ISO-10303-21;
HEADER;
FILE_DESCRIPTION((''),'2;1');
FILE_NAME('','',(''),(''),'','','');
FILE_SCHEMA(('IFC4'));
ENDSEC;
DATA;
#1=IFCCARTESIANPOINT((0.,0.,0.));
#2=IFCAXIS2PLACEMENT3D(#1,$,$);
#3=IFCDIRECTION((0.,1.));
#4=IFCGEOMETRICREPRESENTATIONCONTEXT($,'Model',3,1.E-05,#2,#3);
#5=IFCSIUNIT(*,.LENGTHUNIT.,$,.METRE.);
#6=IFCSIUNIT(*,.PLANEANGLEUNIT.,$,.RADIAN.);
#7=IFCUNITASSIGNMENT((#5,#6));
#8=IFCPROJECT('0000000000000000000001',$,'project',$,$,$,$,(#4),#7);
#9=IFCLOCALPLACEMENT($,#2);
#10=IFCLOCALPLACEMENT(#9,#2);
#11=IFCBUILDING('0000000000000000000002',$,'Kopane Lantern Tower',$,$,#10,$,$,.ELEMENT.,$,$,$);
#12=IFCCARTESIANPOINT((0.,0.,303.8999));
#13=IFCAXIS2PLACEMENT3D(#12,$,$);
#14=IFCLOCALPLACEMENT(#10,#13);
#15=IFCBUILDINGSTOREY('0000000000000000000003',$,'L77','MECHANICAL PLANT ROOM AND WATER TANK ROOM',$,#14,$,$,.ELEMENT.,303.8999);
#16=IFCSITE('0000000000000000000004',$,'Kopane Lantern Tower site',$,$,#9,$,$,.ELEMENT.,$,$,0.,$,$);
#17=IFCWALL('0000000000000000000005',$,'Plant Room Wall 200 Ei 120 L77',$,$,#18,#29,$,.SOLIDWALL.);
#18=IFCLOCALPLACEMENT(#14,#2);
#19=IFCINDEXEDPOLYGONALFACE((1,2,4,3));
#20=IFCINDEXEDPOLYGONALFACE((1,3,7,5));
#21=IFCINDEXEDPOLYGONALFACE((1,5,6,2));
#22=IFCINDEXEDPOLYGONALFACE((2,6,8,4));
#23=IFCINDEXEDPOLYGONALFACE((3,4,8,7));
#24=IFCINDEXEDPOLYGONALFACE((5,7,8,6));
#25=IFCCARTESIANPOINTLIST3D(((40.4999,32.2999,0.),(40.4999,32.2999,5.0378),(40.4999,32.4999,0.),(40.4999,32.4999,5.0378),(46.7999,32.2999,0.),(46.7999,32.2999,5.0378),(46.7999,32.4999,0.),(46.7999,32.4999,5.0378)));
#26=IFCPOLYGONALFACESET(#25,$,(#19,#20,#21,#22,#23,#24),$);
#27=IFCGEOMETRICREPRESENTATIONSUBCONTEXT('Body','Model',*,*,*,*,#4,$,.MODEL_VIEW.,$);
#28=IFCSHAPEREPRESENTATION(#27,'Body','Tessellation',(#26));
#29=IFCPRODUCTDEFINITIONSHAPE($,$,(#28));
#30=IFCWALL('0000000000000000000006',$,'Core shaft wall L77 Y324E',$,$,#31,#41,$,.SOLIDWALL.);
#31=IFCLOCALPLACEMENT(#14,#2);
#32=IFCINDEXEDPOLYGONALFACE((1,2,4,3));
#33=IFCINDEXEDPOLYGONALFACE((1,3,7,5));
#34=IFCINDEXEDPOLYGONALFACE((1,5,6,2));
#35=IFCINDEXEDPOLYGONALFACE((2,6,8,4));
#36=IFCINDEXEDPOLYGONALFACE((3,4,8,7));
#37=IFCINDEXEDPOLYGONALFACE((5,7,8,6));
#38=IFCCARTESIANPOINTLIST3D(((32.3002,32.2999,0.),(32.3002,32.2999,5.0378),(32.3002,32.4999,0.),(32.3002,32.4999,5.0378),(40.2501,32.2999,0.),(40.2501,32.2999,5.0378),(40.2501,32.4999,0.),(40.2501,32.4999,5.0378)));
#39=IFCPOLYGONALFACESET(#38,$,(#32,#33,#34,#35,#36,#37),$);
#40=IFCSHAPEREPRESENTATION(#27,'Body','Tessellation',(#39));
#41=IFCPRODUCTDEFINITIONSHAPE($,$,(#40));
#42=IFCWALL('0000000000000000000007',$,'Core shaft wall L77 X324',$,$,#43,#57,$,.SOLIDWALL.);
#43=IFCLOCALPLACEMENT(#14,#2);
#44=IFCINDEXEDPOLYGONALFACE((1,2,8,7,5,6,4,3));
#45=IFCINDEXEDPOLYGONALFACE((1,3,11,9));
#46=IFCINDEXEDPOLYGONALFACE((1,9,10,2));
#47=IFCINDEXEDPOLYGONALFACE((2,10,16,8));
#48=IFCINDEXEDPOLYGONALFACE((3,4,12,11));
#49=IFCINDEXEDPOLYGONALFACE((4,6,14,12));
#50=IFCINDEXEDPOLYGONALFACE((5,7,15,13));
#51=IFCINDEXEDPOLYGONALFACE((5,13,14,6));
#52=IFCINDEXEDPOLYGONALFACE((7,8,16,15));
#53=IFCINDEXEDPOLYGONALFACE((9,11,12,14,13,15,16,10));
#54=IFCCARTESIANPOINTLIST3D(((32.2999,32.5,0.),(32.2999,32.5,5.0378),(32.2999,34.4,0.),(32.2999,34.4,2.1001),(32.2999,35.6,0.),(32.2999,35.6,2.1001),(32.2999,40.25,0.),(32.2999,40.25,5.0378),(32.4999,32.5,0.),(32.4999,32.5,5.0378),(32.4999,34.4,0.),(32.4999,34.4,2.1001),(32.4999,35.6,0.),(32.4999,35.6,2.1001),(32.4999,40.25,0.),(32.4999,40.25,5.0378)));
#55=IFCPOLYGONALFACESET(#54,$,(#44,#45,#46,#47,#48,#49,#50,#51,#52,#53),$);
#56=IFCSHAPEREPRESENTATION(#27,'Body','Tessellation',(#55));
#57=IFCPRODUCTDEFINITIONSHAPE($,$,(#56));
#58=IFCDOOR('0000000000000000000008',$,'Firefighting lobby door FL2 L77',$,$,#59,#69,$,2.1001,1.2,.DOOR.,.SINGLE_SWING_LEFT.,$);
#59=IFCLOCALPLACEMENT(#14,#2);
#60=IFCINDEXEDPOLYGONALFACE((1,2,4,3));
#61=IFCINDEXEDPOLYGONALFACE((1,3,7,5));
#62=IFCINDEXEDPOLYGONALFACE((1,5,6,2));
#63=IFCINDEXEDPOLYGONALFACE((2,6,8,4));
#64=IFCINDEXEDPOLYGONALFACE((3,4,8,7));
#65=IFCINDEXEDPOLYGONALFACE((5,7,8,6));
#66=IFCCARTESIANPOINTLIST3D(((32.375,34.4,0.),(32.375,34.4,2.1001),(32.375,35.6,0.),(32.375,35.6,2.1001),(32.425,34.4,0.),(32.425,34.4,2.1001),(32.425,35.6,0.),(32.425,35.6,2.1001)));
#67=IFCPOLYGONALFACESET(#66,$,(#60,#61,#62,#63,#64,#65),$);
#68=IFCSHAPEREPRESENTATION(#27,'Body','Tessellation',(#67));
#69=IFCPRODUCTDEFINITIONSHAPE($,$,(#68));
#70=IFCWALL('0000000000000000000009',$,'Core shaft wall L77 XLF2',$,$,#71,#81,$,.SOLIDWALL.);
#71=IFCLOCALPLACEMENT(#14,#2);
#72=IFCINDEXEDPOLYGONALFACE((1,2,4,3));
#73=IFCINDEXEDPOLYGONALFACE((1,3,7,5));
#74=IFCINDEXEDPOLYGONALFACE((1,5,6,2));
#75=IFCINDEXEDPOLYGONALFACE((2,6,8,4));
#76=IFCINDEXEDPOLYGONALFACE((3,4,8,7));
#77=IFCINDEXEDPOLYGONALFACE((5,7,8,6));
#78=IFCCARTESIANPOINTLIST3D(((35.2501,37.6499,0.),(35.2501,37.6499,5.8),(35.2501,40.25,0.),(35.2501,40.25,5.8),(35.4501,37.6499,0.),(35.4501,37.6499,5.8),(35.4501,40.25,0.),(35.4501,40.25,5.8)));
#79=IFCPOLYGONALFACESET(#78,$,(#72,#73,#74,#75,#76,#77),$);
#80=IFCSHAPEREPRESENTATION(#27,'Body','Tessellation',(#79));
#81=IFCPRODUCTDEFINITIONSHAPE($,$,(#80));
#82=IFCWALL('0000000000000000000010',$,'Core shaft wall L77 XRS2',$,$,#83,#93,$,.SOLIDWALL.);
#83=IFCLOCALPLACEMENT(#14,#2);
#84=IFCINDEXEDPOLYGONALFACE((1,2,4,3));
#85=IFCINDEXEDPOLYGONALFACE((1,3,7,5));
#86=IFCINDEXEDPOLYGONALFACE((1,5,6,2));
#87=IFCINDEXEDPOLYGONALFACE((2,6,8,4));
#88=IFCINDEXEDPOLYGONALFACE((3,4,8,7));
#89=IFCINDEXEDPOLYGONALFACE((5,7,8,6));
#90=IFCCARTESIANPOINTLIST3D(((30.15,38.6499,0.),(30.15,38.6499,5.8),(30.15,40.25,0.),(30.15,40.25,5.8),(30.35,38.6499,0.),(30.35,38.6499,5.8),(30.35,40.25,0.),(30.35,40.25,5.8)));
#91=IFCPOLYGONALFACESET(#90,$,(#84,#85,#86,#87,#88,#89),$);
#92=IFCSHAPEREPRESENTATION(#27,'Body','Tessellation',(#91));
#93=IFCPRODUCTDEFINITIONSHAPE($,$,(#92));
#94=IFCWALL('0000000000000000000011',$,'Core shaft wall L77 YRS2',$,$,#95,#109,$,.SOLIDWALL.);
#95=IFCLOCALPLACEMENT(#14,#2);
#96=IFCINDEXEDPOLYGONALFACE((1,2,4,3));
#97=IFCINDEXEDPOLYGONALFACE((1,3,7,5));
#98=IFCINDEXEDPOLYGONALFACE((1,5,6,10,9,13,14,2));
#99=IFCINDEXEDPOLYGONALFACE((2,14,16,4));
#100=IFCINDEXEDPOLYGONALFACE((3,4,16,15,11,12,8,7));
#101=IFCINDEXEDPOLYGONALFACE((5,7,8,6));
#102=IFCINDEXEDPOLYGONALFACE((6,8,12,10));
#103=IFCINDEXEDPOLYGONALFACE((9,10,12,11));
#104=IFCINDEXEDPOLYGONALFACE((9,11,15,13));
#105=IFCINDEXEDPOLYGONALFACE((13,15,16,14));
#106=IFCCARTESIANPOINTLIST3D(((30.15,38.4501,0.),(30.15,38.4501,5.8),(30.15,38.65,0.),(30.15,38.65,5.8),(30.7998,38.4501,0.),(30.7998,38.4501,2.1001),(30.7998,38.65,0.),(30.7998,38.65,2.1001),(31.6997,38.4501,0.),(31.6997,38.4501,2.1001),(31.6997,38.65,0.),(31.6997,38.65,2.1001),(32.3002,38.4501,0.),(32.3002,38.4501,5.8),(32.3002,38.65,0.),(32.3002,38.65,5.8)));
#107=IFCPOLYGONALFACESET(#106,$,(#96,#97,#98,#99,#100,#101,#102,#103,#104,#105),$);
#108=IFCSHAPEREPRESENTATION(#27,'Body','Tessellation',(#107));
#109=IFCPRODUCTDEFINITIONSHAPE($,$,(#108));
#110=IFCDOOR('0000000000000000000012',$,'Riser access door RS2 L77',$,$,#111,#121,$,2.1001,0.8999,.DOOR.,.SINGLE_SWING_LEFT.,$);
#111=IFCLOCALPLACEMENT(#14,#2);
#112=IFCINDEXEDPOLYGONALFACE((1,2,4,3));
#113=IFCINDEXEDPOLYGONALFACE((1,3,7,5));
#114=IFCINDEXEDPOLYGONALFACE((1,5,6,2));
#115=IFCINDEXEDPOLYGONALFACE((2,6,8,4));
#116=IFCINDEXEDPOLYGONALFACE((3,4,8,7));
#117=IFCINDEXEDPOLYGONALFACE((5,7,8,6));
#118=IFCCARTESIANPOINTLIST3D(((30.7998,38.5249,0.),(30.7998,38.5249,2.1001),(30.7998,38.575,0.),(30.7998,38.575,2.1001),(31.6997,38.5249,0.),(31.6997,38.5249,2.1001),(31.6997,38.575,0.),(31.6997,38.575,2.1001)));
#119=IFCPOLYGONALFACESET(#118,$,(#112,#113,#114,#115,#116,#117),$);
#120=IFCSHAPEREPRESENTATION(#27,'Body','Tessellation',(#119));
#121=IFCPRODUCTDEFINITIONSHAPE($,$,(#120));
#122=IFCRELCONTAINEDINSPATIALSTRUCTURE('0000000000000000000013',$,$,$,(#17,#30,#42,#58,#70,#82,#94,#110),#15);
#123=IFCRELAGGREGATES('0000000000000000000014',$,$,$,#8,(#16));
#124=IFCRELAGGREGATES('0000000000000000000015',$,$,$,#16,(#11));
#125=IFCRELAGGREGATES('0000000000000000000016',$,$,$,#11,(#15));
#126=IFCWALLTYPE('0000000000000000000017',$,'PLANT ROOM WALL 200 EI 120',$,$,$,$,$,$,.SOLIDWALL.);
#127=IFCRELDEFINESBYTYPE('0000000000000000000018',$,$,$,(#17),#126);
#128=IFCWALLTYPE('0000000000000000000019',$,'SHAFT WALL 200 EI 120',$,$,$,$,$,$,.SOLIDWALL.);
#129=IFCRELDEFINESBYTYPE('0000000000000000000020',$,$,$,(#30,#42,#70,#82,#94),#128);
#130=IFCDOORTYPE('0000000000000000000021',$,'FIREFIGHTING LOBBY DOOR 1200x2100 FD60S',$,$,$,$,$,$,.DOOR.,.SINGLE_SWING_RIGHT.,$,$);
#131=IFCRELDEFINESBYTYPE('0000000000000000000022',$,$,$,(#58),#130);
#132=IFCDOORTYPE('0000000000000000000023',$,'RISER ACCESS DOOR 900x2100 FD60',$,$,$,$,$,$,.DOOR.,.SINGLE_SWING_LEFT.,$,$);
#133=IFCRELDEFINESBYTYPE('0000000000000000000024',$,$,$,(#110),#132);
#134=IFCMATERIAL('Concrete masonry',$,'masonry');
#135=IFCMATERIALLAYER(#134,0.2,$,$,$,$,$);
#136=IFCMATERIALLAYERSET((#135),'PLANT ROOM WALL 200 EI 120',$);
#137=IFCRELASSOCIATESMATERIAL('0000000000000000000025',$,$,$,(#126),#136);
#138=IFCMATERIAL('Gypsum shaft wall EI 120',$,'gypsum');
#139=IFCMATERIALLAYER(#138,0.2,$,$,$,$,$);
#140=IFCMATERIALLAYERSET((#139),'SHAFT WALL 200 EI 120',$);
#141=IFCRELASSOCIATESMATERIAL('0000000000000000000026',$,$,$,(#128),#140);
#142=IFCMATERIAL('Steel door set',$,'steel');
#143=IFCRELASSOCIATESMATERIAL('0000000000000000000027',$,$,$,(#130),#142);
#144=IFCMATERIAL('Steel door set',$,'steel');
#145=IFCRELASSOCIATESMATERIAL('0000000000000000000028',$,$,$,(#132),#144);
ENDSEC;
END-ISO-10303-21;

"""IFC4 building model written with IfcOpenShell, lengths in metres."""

from ifc_helpers import new_model, si_unit, direction, frame, frame_2d, origin, place, context, subcontext, project, spatial, rectangle, extrude, material, layer, layer_set, type_object, element, fill, save


model = new_model("IFC4")

# Units and contexts
model_context = context("Model", 3, precision=1e-05, world=origin(), true_north=direction((0.0, 1.0)))
body_context = subcontext(model_context, "Body", "Model", "MODEL_VIEW")
ifc_project = project(units=[si_unit("LENGTHUNIT", "METRE"), si_unit("PLANEANGLEUNIT", "RADIAN")], contexts=[model_context])

# Site, building, storey
site_placement = place(None, origin())
site = spatial("IfcSite", under=ifc_project, at=site_placement, Name="Kopane Lantern Tower site", CompositionType="ELEMENT", RefElevation=0.0)
building_placement = place(site_placement, origin())
building = spatial("IfcBuilding", under=site, at=building_placement, Name="Kopane Lantern Tower", CompositionType="ELEMENT")
storey_placement = place(building_placement, frame((0.0, 0.0, 303.8999)))
storey = spatial("IfcBuildingStorey", under=building, at=storey_placement, Name="L77", Description="MECHANICAL PLANT ROOM AND WATER TANK ROOM", CompositionType="ELEMENT", Elevation=303.8999)

# Walls
ifc_material_1 = material(Name="Concrete masonry", Category="masonry")
ifc_layer_1 = layer(ifc_material_1, 0.2)
ifc_layer_set_1 = layer_set([ifc_layer_1], Name="PLANT ROOM WALL 200 EI 120")
wall_type_1 = type_object("IfcWallType", Name="PLANT ROOM WALL 200 EI 120", PredefinedType="SOLIDWALL", material=ifc_layer_set_1)
wall_1_placement = place(storey_placement, frame((40.5, 32.3999, 0.0), z_axis=(0.0, 0.0, 1.0), x_axis=(1.0, 0.0, 0.0)))
element("IfcWall", 1, at=wall_1_placement, inside=storey, type_object=wall_type_1, Name="Plant Room Wall 200 Ei 120 L77", PredefinedType="SOLIDWALL", context=body_context, shape_type="SweptSolid", body=[
    extrude(rectangle(XDim=6.3, YDim=0.2, at=frame_2d((3.1499, 0.0))), origin(), (0.0, 0.0, 1.0), 5.0378),
])
ifc_material_2 = material(Name="Gypsum shaft wall EI 120", Category="gypsum")
ifc_layer_2 = layer(ifc_material_2, 0.2)
ifc_layer_set_2 = layer_set([ifc_layer_2], Name="SHAFT WALL 200 EI 120")
wall_type_2 = type_object("IfcWallType", Name="SHAFT WALL 200 EI 120", PredefinedType="SOLIDWALL", material=ifc_layer_set_2)
wall_2_placement = place(storey_placement, frame((32.3, 32.3999, 0.0), z_axis=(0.0, 0.0, 1.0), x_axis=(1.0, 0.0, 0.0)))
element("IfcWall", 2, at=wall_2_placement, inside=storey, type_object=wall_type_2, Name="Core shaft wall L77 Y324E", PredefinedType="SOLIDWALL", context=body_context, shape_type="SweptSolid", body=[
    extrude(rectangle(XDim=7.95, YDim=0.2, at=frame_2d((3.9751, 0.0))), origin(), (0.0, 0.0, 1.0), 5.0378),
])

# Wall, opening, door
wall_3_placement = place(storey_placement, frame((32.3999, 32.5, 0.0), z_axis=(0.0, 0.0, 1.0), x_axis=(0.0, 1.0, 0.0)))
wall_3 = element("IfcWall", 3, at=wall_3_placement, inside=storey, type_object=wall_type_2, Name="Core shaft wall L77 X324", PredefinedType="SOLIDWALL", context=body_context, shape_type="SweptSolid", body=[
    extrude(rectangle(XDim=7.75, YDim=0.2, at=frame_2d((3.875, 0.0))), origin(), (0.0, 0.0, 1.0), 5.0378),
])
opening_1_placement = place(wall_3_placement, frame((1.8999, 0.0, 0.0)))
opening_1 = element("IfcOpeningElement", 4, at=opening_1_placement, cuts=wall_3, PredefinedType="OPENING", context=body_context, shape_type="SweptSolid", body=[
    extrude(rectangle(XDim=1.2, YDim=2.1001, at=frame_2d((0.6001, 1.05))), frame((0.0, 0.1099, 0.0), z_axis=(0.0, -1.0, 0.0), x_axis=(1.0, 0.0, 0.0)), (0.0, 0.0, 1.0), 0.22),
])
ifc_material_3 = material(Name="Steel door set", Category="steel")
door_type_1 = type_object("IfcDoorType", Name="FIREFIGHTING LOBBY DOOR 1200x2100 FD60S", OperationType="SINGLE_SWING_RIGHT", PredefinedType="DOOR", material=ifc_material_3)
door_1_placement = place(opening_1_placement, origin())
door_1 = element("IfcDoor", 5, at=door_1_placement, inside=storey, type_object=door_type_1, Name="Firefighting lobby door FL2 L77", OperationType="SINGLE_SWING_LEFT", OverallHeight=2.1001, OverallWidth=1.2, PredefinedType="DOOR", context=body_context, shape_type="SweptSolid", body=[
    extrude(rectangle(XDim=1.2, YDim=2.1001, at=frame_2d((0.6001, 1.05))), frame((0.0, 0.0249, 0.0), z_axis=(0.0, -1.0, 0.0), x_axis=(1.0, 0.0, 0.0)), (0.0, 0.0, 1.0), 0.05),
])
fill(opening_1, door_1)

# Walls
wall_4_placement = place(storey_placement, frame((35.3501, 37.6499, 0.0), z_axis=(0.0, 0.0, 1.0), x_axis=(0.0, 1.0, 0.0)))
element("IfcWall", 6, at=wall_4_placement, inside=storey, type_object=wall_type_2, Name="Core shaft wall L77 XLF2", PredefinedType="SOLIDWALL", context=body_context, shape_type="SweptSolid", body=[
    extrude(rectangle(XDim=2.6001, YDim=0.2, at=frame_2d((1.3, 0.0))), origin(), (0.0, 0.0, 1.0), 5.8),
])
wall_5_placement = place(storey_placement, frame((30.25, 38.6499, 0.0), z_axis=(0.0, 0.0, 1.0), x_axis=(0.0, 1.0, 0.0)))
element("IfcWall", 7, at=wall_5_placement, inside=storey, type_object=wall_type_2, Name="Core shaft wall L77 XRS2", PredefinedType="SOLIDWALL", context=body_context, shape_type="SweptSolid", body=[
    extrude(rectangle(XDim=1.6001, YDim=0.2, at=frame_2d((0.8, 0.0))), origin(), (0.0, 0.0, 1.0), 5.8),
])

# Wall, opening, door
wall_6_placement = place(storey_placement, frame((30.1499, 38.55, 0.0), z_axis=(0.0, 0.0, 1.0), x_axis=(1.0, 0.0, 0.0)))
wall_6 = element("IfcWall", 8, at=wall_6_placement, inside=storey, type_object=wall_type_2, Name="Core shaft wall L77 YRS2", PredefinedType="SOLIDWALL", context=body_context, shape_type="SweptSolid", body=[
    extrude(rectangle(XDim=2.1501, YDim=0.2, at=frame_2d((1.0752, 0.0))), origin(), (0.0, 0.0, 1.0), 5.8),
])
opening_2_placement = place(wall_6_placement, frame((0.6499, 0.0, 0.0)))
opening_2 = element("IfcOpeningElement", 9, at=opening_2_placement, cuts=wall_6, PredefinedType="OPENING", context=body_context, shape_type="SweptSolid", body=[
    extrude(rectangle(XDim=0.8999, YDim=2.1001, at=frame_2d((0.45, 1.05))), frame((0.0, 0.1099, 0.0), z_axis=(0.0, -1.0, 0.0), x_axis=(1.0, 0.0, 0.0)), (0.0, 0.0, 1.0), 0.22),
])
ifc_material_4 = material(Name="Steel door set", Category="steel")
door_type_2 = type_object("IfcDoorType", Name="RISER ACCESS DOOR 900x2100 FD60", OperationType="SINGLE_SWING_LEFT", PredefinedType="DOOR", material=ifc_material_4)
door_2_placement = place(opening_2_placement, origin())
door_2 = element("IfcDoor", 10, at=door_2_placement, inside=storey, type_object=door_type_2, Name="Riser access door RS2 L77", OperationType="SINGLE_SWING_LEFT", OverallHeight=2.1001, OverallWidth=0.8999, PredefinedType="DOOR", context=body_context, shape_type="SweptSolid", body=[
    extrude(rectangle(XDim=0.8999, YDim=2.1001, at=frame_2d((0.45, 1.05))), frame((0.0, 0.0249, 0.0), z_axis=(0.0, -1.0, 0.0), x_axis=(1.0, 0.0, 0.0)), (0.0, 0.0, 1.0), 0.05),
])
fill(opening_2, door_2)

save(model, "model.ifc")
